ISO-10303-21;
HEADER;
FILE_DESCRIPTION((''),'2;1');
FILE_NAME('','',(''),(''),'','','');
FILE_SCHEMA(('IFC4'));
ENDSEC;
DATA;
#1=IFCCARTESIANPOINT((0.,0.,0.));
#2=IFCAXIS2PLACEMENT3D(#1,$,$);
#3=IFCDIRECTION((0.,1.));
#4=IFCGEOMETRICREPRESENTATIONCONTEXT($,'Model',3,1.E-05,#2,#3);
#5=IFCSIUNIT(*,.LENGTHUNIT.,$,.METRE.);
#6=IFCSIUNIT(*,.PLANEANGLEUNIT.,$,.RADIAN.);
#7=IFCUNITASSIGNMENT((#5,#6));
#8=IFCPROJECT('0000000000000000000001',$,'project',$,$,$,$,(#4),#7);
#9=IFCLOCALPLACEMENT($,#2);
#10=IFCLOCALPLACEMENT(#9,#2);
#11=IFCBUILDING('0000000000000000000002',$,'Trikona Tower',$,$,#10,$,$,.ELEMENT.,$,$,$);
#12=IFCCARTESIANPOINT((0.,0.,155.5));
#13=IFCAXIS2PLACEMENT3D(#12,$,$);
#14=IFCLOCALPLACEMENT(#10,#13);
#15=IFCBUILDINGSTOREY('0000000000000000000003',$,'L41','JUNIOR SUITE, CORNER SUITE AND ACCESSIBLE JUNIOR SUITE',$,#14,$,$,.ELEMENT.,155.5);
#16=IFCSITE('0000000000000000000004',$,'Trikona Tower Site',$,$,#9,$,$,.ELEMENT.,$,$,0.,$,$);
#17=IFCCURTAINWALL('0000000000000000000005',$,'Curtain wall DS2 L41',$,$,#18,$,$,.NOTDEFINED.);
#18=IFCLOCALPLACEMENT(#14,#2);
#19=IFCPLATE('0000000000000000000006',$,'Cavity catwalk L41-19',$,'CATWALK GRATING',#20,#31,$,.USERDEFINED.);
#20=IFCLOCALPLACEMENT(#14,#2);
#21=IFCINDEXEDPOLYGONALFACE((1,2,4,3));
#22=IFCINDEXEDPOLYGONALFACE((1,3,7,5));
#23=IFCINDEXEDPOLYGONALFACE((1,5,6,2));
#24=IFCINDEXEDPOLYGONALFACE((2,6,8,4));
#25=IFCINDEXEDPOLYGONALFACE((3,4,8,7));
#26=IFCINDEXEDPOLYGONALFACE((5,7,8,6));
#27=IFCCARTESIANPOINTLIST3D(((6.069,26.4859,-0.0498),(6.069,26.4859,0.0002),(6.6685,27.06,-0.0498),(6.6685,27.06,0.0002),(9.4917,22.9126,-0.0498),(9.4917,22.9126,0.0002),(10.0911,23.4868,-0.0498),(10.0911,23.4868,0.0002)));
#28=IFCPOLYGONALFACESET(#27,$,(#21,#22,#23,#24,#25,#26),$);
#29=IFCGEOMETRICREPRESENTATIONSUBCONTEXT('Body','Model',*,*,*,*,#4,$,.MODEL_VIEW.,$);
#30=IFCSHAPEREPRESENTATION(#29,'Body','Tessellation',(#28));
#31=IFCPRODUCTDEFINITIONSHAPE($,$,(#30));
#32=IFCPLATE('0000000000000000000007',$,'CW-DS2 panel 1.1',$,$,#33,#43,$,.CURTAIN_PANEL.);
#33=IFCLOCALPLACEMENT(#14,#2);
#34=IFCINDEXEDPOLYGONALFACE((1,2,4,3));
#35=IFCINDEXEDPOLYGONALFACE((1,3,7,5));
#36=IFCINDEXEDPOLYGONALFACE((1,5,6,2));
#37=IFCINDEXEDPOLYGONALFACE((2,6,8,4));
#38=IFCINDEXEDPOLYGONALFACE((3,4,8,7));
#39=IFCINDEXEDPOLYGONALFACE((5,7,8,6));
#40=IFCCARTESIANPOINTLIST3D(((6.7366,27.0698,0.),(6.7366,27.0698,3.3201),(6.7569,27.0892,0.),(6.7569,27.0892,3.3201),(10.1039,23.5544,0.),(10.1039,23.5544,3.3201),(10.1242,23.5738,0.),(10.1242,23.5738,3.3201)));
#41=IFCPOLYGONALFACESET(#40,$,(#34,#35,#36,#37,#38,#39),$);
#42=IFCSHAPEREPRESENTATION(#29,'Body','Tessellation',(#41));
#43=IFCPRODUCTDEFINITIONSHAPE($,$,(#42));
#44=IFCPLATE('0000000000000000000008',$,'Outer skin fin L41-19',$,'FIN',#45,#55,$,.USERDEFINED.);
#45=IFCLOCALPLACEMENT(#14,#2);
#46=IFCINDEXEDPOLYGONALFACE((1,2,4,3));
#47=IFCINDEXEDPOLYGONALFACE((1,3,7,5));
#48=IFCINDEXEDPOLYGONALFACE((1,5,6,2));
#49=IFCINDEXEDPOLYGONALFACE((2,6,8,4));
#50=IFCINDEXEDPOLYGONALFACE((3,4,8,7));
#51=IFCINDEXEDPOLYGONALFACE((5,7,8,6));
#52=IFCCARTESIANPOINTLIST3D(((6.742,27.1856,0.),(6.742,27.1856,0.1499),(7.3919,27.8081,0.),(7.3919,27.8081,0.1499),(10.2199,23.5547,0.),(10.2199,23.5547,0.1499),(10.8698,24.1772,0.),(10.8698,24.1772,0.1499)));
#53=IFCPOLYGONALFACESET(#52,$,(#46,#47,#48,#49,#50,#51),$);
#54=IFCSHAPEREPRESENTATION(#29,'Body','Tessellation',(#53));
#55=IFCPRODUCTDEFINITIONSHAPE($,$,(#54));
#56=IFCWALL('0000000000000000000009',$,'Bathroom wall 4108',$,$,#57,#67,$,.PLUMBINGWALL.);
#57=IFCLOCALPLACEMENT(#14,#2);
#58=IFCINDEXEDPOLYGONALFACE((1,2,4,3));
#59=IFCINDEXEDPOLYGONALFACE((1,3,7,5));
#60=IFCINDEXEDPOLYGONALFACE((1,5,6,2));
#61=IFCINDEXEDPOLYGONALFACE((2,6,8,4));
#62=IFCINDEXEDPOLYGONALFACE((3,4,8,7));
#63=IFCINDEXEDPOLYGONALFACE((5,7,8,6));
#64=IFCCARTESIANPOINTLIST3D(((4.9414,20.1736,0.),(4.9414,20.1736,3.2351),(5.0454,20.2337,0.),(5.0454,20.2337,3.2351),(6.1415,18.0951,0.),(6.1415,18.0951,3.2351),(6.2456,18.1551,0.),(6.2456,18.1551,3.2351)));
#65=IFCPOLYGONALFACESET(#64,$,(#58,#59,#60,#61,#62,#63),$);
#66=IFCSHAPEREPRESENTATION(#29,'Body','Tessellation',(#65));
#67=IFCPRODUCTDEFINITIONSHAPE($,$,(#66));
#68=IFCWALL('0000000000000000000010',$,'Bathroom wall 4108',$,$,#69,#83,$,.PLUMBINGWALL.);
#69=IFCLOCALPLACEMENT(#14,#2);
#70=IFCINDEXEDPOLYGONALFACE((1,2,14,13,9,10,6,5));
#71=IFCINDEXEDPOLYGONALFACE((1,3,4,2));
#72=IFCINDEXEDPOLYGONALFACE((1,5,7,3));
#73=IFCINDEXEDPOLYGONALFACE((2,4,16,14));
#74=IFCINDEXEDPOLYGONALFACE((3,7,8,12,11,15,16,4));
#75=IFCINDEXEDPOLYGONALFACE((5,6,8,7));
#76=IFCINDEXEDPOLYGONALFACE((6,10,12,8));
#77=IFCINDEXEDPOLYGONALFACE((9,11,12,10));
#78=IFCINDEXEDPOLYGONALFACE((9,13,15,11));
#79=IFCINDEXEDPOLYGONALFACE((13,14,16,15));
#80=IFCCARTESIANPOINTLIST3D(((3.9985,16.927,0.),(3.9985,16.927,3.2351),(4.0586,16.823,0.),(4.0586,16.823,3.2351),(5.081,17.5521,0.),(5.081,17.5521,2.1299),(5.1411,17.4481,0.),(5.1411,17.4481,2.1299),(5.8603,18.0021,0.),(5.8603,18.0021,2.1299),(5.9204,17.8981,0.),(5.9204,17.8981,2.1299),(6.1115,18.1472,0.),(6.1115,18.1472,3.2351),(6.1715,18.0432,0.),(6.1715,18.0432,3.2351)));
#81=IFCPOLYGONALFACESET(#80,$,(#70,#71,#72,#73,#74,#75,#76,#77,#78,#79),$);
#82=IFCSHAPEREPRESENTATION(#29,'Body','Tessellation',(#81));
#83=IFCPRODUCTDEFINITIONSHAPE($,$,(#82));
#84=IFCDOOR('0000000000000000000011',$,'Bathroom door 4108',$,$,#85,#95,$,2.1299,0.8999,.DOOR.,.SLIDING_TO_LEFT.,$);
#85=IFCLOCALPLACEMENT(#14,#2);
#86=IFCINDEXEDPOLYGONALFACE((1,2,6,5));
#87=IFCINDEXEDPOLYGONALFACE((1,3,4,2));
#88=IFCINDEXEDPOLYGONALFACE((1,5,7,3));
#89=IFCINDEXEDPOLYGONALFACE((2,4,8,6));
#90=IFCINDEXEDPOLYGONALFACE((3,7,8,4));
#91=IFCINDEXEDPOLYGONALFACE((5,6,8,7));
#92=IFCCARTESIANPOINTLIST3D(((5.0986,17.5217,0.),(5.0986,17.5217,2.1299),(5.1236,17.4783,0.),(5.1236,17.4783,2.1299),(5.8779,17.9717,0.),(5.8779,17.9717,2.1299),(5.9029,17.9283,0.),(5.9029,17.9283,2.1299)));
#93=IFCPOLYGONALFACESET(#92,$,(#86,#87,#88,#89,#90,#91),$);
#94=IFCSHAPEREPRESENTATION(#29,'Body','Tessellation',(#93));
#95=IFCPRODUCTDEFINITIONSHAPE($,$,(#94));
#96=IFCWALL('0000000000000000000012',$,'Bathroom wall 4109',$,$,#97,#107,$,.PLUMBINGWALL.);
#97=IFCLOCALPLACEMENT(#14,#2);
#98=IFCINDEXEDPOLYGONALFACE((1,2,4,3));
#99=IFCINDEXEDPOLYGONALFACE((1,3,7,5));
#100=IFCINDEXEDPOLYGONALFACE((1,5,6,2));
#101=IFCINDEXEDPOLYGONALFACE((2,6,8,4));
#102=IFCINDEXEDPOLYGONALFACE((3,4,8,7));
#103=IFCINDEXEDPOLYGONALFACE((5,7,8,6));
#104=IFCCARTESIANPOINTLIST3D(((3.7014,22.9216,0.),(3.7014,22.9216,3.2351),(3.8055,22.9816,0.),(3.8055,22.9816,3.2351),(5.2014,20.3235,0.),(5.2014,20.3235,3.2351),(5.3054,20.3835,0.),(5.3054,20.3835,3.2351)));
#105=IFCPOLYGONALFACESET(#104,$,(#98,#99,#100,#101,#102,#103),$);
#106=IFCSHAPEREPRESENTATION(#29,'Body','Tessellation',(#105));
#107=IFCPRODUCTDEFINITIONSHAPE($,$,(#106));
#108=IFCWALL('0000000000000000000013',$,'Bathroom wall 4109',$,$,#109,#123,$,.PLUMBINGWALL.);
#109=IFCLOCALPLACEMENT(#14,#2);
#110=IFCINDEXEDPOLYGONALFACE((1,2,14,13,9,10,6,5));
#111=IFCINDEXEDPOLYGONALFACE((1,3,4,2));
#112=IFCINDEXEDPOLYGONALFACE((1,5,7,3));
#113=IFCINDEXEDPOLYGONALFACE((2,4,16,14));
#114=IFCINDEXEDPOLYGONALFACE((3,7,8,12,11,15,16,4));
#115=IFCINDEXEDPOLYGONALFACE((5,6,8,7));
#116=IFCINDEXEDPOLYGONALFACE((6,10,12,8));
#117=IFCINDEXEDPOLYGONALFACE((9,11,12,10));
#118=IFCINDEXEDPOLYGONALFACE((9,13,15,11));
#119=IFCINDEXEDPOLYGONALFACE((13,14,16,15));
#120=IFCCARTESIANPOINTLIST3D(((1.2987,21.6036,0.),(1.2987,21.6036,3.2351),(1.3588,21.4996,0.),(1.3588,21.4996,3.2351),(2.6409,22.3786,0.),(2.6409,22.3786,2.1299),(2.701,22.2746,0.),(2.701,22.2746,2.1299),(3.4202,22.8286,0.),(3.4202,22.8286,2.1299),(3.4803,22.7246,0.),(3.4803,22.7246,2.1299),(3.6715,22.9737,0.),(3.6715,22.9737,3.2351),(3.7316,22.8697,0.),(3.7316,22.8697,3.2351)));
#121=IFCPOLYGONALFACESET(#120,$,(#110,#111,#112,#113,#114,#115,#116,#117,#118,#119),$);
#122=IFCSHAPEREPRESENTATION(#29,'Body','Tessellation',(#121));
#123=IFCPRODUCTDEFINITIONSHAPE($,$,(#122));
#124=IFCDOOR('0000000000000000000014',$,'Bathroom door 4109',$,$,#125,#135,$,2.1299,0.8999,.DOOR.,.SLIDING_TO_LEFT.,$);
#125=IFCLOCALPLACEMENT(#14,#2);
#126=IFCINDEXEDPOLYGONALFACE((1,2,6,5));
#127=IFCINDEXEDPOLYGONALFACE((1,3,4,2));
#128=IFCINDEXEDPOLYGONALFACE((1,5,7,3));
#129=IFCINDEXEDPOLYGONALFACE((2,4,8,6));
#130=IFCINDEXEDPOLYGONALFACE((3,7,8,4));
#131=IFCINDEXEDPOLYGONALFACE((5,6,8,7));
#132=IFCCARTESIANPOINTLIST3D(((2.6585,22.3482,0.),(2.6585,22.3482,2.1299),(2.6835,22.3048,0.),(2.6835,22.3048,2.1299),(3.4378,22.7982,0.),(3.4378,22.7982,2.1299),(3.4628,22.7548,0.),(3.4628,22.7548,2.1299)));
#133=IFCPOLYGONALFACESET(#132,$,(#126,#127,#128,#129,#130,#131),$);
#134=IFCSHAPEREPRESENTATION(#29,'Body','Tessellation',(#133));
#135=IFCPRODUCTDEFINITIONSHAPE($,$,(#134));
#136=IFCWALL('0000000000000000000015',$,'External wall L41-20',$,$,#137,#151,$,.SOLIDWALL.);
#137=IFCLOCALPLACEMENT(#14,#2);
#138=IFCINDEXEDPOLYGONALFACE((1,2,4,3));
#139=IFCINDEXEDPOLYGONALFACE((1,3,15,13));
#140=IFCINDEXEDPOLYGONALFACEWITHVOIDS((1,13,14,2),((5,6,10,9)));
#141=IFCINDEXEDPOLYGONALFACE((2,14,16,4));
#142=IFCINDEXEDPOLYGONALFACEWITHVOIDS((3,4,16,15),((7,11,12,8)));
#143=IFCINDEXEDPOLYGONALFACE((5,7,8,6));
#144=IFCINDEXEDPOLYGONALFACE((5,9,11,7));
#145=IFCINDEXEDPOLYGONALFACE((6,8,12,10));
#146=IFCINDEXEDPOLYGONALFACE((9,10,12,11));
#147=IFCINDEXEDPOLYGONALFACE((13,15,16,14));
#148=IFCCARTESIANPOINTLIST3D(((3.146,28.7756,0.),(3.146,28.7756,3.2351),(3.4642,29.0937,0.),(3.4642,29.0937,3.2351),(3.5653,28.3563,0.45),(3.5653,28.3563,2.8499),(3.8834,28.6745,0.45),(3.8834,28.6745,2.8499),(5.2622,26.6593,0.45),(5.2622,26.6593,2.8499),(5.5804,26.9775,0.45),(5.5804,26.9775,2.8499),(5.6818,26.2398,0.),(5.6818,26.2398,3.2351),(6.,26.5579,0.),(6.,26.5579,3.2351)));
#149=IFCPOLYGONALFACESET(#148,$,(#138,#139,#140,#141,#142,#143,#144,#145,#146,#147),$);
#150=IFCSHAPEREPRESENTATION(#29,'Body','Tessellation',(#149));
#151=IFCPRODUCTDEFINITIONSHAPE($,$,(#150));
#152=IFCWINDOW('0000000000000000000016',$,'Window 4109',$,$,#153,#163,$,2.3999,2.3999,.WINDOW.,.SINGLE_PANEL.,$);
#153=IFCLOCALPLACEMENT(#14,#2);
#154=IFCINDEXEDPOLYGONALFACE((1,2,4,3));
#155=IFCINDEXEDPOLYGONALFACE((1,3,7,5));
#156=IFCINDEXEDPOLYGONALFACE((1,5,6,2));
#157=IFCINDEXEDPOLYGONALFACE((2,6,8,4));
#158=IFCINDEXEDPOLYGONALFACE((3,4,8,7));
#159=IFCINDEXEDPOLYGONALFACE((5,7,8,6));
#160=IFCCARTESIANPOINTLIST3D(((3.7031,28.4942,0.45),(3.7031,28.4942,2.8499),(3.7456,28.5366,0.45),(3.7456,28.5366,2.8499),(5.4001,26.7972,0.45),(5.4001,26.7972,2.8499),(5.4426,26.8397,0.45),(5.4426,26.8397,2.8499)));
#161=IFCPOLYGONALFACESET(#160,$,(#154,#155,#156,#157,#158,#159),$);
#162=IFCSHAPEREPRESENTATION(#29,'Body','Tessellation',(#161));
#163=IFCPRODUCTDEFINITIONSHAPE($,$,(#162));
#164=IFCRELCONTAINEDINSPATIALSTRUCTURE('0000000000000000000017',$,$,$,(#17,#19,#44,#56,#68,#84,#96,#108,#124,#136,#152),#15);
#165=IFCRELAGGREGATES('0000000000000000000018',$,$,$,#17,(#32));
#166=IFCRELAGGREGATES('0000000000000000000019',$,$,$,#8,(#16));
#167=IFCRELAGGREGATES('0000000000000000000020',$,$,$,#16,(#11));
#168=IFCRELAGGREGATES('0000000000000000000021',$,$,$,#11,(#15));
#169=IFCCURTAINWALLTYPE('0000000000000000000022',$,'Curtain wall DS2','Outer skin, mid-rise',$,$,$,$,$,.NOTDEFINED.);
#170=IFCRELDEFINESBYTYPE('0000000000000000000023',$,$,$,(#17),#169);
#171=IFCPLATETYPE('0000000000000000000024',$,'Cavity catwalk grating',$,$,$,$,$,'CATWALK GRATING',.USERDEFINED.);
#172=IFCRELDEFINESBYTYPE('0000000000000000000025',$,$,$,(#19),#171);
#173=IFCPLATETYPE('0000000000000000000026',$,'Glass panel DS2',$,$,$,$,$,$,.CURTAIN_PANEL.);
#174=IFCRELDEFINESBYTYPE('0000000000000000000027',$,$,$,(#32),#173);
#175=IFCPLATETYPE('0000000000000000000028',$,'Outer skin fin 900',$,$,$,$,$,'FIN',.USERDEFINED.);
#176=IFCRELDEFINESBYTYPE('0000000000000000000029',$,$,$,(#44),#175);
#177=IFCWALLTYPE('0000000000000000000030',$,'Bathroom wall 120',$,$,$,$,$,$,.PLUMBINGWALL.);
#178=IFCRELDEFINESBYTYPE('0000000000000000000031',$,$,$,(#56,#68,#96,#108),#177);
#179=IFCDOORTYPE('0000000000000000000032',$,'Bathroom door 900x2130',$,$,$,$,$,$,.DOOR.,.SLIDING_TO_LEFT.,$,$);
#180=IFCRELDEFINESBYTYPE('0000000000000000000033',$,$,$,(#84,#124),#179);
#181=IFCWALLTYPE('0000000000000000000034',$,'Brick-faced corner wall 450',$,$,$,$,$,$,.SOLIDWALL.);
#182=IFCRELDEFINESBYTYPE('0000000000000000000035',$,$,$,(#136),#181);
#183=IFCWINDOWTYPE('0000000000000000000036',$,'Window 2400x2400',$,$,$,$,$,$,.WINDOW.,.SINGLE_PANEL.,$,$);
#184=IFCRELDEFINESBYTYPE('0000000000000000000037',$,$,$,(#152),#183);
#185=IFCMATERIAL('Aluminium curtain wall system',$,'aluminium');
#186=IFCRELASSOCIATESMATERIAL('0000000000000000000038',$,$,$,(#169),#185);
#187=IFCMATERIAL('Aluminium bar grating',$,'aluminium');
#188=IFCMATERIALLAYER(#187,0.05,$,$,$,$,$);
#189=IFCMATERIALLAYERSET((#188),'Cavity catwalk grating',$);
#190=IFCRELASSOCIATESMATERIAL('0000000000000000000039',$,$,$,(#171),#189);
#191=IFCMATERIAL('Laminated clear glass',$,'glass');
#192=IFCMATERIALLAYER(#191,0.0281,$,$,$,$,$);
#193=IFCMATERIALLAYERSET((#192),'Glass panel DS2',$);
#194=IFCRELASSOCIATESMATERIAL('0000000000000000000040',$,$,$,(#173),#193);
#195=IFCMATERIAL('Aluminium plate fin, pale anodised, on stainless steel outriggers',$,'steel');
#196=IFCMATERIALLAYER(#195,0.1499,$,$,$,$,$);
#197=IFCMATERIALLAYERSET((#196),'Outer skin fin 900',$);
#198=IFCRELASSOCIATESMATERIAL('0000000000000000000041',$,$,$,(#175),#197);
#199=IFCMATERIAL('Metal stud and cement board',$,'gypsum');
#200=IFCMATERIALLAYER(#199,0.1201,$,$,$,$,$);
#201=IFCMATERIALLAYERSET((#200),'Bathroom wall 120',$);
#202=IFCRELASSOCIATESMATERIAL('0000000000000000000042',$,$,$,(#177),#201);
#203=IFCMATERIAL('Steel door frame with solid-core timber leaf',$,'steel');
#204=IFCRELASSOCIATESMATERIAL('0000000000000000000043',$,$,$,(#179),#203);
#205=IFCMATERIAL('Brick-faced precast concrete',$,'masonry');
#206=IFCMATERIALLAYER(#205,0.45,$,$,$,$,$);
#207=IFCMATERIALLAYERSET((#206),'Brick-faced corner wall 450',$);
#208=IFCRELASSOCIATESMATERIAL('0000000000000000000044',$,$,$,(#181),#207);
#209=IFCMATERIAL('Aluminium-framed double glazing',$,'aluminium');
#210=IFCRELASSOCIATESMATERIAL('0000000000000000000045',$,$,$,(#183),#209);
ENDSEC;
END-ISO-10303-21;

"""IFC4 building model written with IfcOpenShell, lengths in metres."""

from ifc_helpers import new_model, si_unit, direction, frame, frame_2d, origin, origin_2d, place, context, subcontext, project, spatial, rectangle, extrude, material, layer, layer_set, type_object, element, fill, aggregate, save


model = new_model("IFC4")

# Units and contexts
model_context = context("Model", 3, precision=1e-05, world=origin(), true_north=direction((0.0, 1.0)))
body_context = subcontext(model_context, "Body", "Model", "MODEL_VIEW")
ifc_project = project(units=[si_unit("LENGTHUNIT", "METRE"), si_unit("PLANEANGLEUNIT", "RADIAN")], contexts=[model_context])

# Site, building, storey
site_placement = place(None, origin())
site = spatial("IfcSite", under=ifc_project, at=site_placement, Name="Trikona Tower Site", CompositionType="ELEMENT", RefElevation=0.0)
building_placement = place(site_placement, origin())
building = spatial("IfcBuilding", under=site, at=building_placement, Name="Trikona Tower", CompositionType="ELEMENT")
storey_placement = place(building_placement, frame((0.0, 0.0, 155.5)))
storey = spatial("IfcBuildingStorey", under=building, at=storey_placement, Name="L41", Description="JUNIOR SUITE, CORNER SUITE AND ACCESSIBLE JUNIOR SUITE", CompositionType="ELEMENT", Elevation=155.5)

# Curtain wall
ifc_material_1 = material(Name="Aluminium curtain wall system", Category="aluminium")
curtain_wall_type = type_object("IfcCurtainWallType", Name="Curtain wall DS2", Description="Outer skin, mid-rise", PredefinedType="NOTDEFINED", material=ifc_material_1)
curtain_wall_placement = place(storey_placement, origin())
curtain_wall = element("IfcCurtainWall", 1, at=curtain_wall_placement, inside=storey, type_object=curtain_wall_type, Name="Curtain wall DS2 L41", PredefinedType="NOTDEFINED")

# Plates
ifc_material_2 = material(Name="Aluminium bar grating", Category="aluminium")
ifc_layer_1 = layer(ifc_material_2, 0.05)
ifc_layer_set_1 = layer_set([ifc_layer_1], Name="Cavity catwalk grating")
plate_type_1 = type_object("IfcPlateType", Name="Cavity catwalk grating", ElementType="CATWALK GRATING", PredefinedType="USERDEFINED", material=ifc_layer_set_1)
plate_1_placement = place(storey_placement, frame((8.0801, 24.9863, -0.0498), z_axis=(0.0, 0.0, 1.0), x_axis=(-0.691724, 0.722162, 0.0)))
element("IfcPlate", 2, at=plate_1_placement, inside=storey, type_object=plate_type_1, Name="Cavity catwalk L41-19", ObjectType="CATWALK GRATING", PredefinedType="USERDEFINED", context=body_context, shape_type="SweptSolid", body=[
    extrude(rectangle(XDim=4.948, YDim=0.8301, at=origin_2d()), origin(), (0.0, 0.0, 1.0), 0.05),
])
ifc_material_3 = material(Name="Laminated clear glass", Category="glass")
ifc_layer_2 = layer(ifc_material_3, 0.0281)
ifc_layer_set_2 = layer_set([ifc_layer_2], Name="Glass panel DS2")
plate_type_2 = type_object("IfcPlateType", Name="Glass panel DS2", PredefinedType="CURTAIN_PANEL", material=ifc_layer_set_2)
plate_2_placement = place(storey_placement, frame((8.4304, 25.3218, 0.0), z_axis=(0.0, 0.0, 1.0), x_axis=(-0.691728, 0.722158, 0.0)))
plate_2 = element("IfcPlate", 3, at=plate_2_placement, type_object=plate_type_2, Name="CW-DS2 panel 1.1", PredefinedType="CURTAIN_PANEL", context=body_context, shape_type="SweptSolid", body=[
    extrude(rectangle(XDim=4.8679, YDim=0.0281, at=origin_2d()), origin(), (0.0, 0.0, 1.0), 3.3201),
])
aggregate(curtain_wall, [plate_2])
ifc_material_4 = material(Name="Aluminium plate fin, pale anodised, on stainless steel outriggers", Category="steel")
ifc_layer_3 = layer(ifc_material_4, 0.1499)
ifc_layer_set_3 = layer_set([ifc_layer_3], Name="Outer skin fin 900")
plate_type_3 = type_object("IfcPlateType", Name="Outer skin fin 900", ElementType="FIN", PredefinedType="USERDEFINED", material=ifc_layer_set_3)
plate_3_placement = place(storey_placement, frame((8.8059, 25.6814, 0.0), z_axis=(0.0, 0.0, 1.0), x_axis=(-0.691724, 0.722162, 0.0)))
element("IfcPlate", 4, at=plate_3_placement, inside=storey, type_object=plate_type_3, Name="Outer skin fin L41-19", ObjectType="FIN", PredefinedType="USERDEFINED", context=body_context, shape_type="SweptSolid", body=[
    extrude(rectangle(XDim=5.0278, YDim=0.8999, at=origin_2d()), origin(), (0.0, 0.0, 1.0), 0.1499),
])

# Wall
ifc_material_5 = material(Name="Metal stud and cement board", Category="gypsum")
ifc_layer_4 = layer(ifc_material_5, 0.1201)
ifc_layer_set_4 = layer_set([ifc_layer_4], Name="Bathroom wall 120")
wall_type_1 = type_object("IfcWallType", Name="Bathroom wall 120", PredefinedType="PLUMBINGWALL", material=ifc_layer_set_4)
wall_1_placement = place(storey_placement, frame((6.1936, 18.125, 0.0), z_axis=(0.0, 0.0, 1.0), x_axis=(-0.500034, 0.866006, 0.0)))
element("IfcWall", 5, at=wall_1_placement, inside=storey, type_object=wall_type_1, Name="Bathroom wall 4108", PredefinedType="PLUMBINGWALL", context=body_context, shape_type="SweptSolid", body=[
    extrude(rectangle(XDim=2.4001, YDim=0.1201, at=frame_2d((1.2002, 0.0))), origin(), (0.0, 0.0, 1.0), 3.2351),
])

# Wall, opening, door
wall_2_placement = place(storey_placement, frame((4.0286, 16.875, 0.0), z_axis=(0.0, 0.0, 1.0), x_axis=(0.865981, 0.500078, 0.0)))
wall_2 = element("IfcWall", 6, at=wall_2_placement, inside=storey, type_object=wall_type_1, Name="Bathroom wall 4108", PredefinedType="PLUMBINGWALL", context=body_context, shape_type="SweptSolid", body=[
    extrude(rectangle(XDim=2.4399, YDim=0.1201, at=frame_2d((1.22, 0.0))), origin(), (0.0, 0.0, 1.0), 3.2351),
])
opening_1_placement = place(wall_2_placement, frame((1.25, 0.0, 0.0)))
opening_1 = element("IfcOpeningElement", 7, at=opening_1_placement, cuts=wall_2, PredefinedType="OPENING", context=body_context, shape_type="SweptSolid", body=[
    extrude(rectangle(XDim=0.8999, YDim=2.1299, at=frame_2d((0.45, 1.0649))), frame((0.0, 0.0701, 0.0), z_axis=(0.0, -1.0, 0.0), x_axis=(1.0, 0.0, 0.0)), (0.0, 0.0, 1.0), 0.1401),
])
ifc_material_6 = material(Name="Steel door frame with solid-core timber leaf", Category="steel")
door_type = type_object("IfcDoorType", Name="Bathroom door 900x2130", OperationType="SLIDING_TO_LEFT", PredefinedType="DOOR", material=ifc_material_6)
door_1_placement = place(opening_1_placement, origin())
door_1 = element("IfcDoor", 8, at=door_1_placement, inside=storey, type_object=door_type, Name="Bathroom door 4108", OperationType="SLIDING_TO_LEFT", OverallHeight=2.1299, OverallWidth=0.8999, PredefinedType="DOOR", context=body_context, shape_type="SweptSolid", body=[
    extrude(rectangle(XDim=0.8999, YDim=2.1299, at=frame_2d((0.45, 1.0649))), frame((0.0, 0.0249, 0.0), z_axis=(0.0, -1.0, 0.0), x_axis=(1.0, 0.0, 0.0)), (0.0, 0.0, 1.0), 0.05),
])
fill(opening_1, door_1)

# Wall
wall_3_placement = place(storey_placement, frame((5.2534, 20.3535, 0.0), z_axis=(0.0, 0.0, 1.0), x_axis=(-0.49999, 0.866031, 0.0)))
element("IfcWall", 9, at=wall_3_placement, inside=storey, type_object=wall_type_1, Name="Bathroom wall 4109", PredefinedType="PLUMBINGWALL", context=body_context, shape_type="SweptSolid", body=[
    extrude(rectangle(XDim=3.0, YDim=0.1201, at=frame_2d((1.5, 0.0))), origin(), (0.0, 0.0, 1.0), 3.2351),
])

# Wall, opening, door
wall_4_placement = place(storey_placement, frame((1.3286, 21.5515, 0.0), z_axis=(0.0, 0.0, 1.0), x_axis=(0.865997, 0.500049, 0.0)))
wall_4 = element("IfcWall", 10, at=wall_4_placement, inside=storey, type_object=wall_type_1, Name="Bathroom wall 4109", PredefinedType="PLUMBINGWALL", context=body_context, shape_type="SweptSolid", body=[
    extrude(rectangle(XDim=2.74, YDim=0.1201, at=frame_2d((1.3701, 0.0))), origin(), (0.0, 0.0, 1.0), 3.2351),
])
opening_2_placement = place(wall_4_placement, frame((1.55, 0.0, 0.0)))
opening_2 = element("IfcOpeningElement", 11, at=opening_2_placement, cuts=wall_4, PredefinedType="OPENING", context=body_context, shape_type="SweptSolid", body=[
    extrude(rectangle(XDim=0.8999, YDim=2.1299, at=frame_2d((0.45, 1.0649))), frame((0.0, 0.0701, 0.0), z_axis=(0.0, -1.0, 0.0), x_axis=(1.0, 0.0, 0.0)), (0.0, 0.0, 1.0), 0.1401),
])
door_2_placement = place(opening_2_placement, origin())
door_2 = element("IfcDoor", 12, at=door_2_placement, inside=storey, type_object=door_type, Name="Bathroom door 4109", OperationType="SLIDING_TO_LEFT", OverallHeight=2.1299, OverallWidth=0.8999, PredefinedType="DOOR", context=body_context, shape_type="SweptSolid", body=[
    extrude(rectangle(XDim=0.8999, YDim=2.1299, at=frame_2d((0.45, 1.0649))), frame((0.0, 0.0249, 0.0), z_axis=(0.0, -1.0, 0.0), x_axis=(1.0, 0.0, 0.0)), (0.0, 0.0, 1.0), 0.05),
])
fill(opening_2, door_2)

# Wall, opening, window
ifc_material_7 = material(Name="Brick-faced precast concrete", Category="masonry")
ifc_layer_5 = layer(ifc_material_7, 0.45)
ifc_layer_set_5 = layer_set([ifc_layer_5], Name="Brick-faced corner wall 450")
wall_type_2 = type_object("IfcWallType", Name="Brick-faced corner wall 450", PredefinedType="SOLIDWALL", material=ifc_layer_set_5)
wall_5_placement = place(storey_placement, frame((5.8408, 26.3989, 0.0), z_axis=(0.0, 0.0, 1.0), x_axis=(-0.707107, 0.707107, 0.0)))
wall_5 = element("IfcWall", 13, at=wall_5_placement, inside=storey, type_object=wall_type_2, Name="External wall L41-20", PredefinedType="SOLIDWALL", context=body_context, shape_type="SweptSolid", body=[
    extrude(rectangle(XDim=3.5862, YDim=0.45, at=frame_2d((1.793, 0.0))), origin(), (0.0, 0.0, 1.0), 3.2351),
])
opening_3_placement = place(wall_5_placement, frame((0.5933, 0.0, 0.45)))
opening_3 = element("IfcOpeningElement", 14, at=opening_3_placement, cuts=wall_5, PredefinedType="OPENING", context=body_context, shape_type="SweptSolid", body=[
    extrude(rectangle(XDim=2.3999, YDim=2.3999, at=frame_2d((1.2, 1.2))), frame((0.0, 0.2349, 0.0), z_axis=(0.0, -1.0, 0.0), x_axis=(1.0, 0.0, 0.0)), (0.0, 0.0, 1.0), 0.47),
])
ifc_material_8 = material(Name="Aluminium-framed double glazing", Category="aluminium")
window_type_1 = type_object("IfcWindowType", Name="Window 2400x2400", PartitioningType="SINGLE_PANEL", PredefinedType="WINDOW", material=ifc_material_8)
window_1_placement = place(opening_3_placement, origin())
window_1 = element("IfcWindow", 15, at=window_1_placement, inside=storey, type_object=window_type_1, Name="Window 4109", OverallHeight=2.3999, OverallWidth=2.3999, PartitioningType="SINGLE_PANEL", PredefinedType="WINDOW", context=body_context, shape_type="SweptSolid", body=[
    extrude(rectangle(XDim=2.3999, YDim=2.3999, at=frame_2d((1.2, 1.2))), frame((0.0, 0.03, 0.0), z_axis=(0.0, -1.0, 0.0), x_axis=(1.0, 0.0, 0.0)), (0.0, 0.0, 1.0), 0.0601),
])
fill(opening_3, window_1)

save(model, "model.ifc")
